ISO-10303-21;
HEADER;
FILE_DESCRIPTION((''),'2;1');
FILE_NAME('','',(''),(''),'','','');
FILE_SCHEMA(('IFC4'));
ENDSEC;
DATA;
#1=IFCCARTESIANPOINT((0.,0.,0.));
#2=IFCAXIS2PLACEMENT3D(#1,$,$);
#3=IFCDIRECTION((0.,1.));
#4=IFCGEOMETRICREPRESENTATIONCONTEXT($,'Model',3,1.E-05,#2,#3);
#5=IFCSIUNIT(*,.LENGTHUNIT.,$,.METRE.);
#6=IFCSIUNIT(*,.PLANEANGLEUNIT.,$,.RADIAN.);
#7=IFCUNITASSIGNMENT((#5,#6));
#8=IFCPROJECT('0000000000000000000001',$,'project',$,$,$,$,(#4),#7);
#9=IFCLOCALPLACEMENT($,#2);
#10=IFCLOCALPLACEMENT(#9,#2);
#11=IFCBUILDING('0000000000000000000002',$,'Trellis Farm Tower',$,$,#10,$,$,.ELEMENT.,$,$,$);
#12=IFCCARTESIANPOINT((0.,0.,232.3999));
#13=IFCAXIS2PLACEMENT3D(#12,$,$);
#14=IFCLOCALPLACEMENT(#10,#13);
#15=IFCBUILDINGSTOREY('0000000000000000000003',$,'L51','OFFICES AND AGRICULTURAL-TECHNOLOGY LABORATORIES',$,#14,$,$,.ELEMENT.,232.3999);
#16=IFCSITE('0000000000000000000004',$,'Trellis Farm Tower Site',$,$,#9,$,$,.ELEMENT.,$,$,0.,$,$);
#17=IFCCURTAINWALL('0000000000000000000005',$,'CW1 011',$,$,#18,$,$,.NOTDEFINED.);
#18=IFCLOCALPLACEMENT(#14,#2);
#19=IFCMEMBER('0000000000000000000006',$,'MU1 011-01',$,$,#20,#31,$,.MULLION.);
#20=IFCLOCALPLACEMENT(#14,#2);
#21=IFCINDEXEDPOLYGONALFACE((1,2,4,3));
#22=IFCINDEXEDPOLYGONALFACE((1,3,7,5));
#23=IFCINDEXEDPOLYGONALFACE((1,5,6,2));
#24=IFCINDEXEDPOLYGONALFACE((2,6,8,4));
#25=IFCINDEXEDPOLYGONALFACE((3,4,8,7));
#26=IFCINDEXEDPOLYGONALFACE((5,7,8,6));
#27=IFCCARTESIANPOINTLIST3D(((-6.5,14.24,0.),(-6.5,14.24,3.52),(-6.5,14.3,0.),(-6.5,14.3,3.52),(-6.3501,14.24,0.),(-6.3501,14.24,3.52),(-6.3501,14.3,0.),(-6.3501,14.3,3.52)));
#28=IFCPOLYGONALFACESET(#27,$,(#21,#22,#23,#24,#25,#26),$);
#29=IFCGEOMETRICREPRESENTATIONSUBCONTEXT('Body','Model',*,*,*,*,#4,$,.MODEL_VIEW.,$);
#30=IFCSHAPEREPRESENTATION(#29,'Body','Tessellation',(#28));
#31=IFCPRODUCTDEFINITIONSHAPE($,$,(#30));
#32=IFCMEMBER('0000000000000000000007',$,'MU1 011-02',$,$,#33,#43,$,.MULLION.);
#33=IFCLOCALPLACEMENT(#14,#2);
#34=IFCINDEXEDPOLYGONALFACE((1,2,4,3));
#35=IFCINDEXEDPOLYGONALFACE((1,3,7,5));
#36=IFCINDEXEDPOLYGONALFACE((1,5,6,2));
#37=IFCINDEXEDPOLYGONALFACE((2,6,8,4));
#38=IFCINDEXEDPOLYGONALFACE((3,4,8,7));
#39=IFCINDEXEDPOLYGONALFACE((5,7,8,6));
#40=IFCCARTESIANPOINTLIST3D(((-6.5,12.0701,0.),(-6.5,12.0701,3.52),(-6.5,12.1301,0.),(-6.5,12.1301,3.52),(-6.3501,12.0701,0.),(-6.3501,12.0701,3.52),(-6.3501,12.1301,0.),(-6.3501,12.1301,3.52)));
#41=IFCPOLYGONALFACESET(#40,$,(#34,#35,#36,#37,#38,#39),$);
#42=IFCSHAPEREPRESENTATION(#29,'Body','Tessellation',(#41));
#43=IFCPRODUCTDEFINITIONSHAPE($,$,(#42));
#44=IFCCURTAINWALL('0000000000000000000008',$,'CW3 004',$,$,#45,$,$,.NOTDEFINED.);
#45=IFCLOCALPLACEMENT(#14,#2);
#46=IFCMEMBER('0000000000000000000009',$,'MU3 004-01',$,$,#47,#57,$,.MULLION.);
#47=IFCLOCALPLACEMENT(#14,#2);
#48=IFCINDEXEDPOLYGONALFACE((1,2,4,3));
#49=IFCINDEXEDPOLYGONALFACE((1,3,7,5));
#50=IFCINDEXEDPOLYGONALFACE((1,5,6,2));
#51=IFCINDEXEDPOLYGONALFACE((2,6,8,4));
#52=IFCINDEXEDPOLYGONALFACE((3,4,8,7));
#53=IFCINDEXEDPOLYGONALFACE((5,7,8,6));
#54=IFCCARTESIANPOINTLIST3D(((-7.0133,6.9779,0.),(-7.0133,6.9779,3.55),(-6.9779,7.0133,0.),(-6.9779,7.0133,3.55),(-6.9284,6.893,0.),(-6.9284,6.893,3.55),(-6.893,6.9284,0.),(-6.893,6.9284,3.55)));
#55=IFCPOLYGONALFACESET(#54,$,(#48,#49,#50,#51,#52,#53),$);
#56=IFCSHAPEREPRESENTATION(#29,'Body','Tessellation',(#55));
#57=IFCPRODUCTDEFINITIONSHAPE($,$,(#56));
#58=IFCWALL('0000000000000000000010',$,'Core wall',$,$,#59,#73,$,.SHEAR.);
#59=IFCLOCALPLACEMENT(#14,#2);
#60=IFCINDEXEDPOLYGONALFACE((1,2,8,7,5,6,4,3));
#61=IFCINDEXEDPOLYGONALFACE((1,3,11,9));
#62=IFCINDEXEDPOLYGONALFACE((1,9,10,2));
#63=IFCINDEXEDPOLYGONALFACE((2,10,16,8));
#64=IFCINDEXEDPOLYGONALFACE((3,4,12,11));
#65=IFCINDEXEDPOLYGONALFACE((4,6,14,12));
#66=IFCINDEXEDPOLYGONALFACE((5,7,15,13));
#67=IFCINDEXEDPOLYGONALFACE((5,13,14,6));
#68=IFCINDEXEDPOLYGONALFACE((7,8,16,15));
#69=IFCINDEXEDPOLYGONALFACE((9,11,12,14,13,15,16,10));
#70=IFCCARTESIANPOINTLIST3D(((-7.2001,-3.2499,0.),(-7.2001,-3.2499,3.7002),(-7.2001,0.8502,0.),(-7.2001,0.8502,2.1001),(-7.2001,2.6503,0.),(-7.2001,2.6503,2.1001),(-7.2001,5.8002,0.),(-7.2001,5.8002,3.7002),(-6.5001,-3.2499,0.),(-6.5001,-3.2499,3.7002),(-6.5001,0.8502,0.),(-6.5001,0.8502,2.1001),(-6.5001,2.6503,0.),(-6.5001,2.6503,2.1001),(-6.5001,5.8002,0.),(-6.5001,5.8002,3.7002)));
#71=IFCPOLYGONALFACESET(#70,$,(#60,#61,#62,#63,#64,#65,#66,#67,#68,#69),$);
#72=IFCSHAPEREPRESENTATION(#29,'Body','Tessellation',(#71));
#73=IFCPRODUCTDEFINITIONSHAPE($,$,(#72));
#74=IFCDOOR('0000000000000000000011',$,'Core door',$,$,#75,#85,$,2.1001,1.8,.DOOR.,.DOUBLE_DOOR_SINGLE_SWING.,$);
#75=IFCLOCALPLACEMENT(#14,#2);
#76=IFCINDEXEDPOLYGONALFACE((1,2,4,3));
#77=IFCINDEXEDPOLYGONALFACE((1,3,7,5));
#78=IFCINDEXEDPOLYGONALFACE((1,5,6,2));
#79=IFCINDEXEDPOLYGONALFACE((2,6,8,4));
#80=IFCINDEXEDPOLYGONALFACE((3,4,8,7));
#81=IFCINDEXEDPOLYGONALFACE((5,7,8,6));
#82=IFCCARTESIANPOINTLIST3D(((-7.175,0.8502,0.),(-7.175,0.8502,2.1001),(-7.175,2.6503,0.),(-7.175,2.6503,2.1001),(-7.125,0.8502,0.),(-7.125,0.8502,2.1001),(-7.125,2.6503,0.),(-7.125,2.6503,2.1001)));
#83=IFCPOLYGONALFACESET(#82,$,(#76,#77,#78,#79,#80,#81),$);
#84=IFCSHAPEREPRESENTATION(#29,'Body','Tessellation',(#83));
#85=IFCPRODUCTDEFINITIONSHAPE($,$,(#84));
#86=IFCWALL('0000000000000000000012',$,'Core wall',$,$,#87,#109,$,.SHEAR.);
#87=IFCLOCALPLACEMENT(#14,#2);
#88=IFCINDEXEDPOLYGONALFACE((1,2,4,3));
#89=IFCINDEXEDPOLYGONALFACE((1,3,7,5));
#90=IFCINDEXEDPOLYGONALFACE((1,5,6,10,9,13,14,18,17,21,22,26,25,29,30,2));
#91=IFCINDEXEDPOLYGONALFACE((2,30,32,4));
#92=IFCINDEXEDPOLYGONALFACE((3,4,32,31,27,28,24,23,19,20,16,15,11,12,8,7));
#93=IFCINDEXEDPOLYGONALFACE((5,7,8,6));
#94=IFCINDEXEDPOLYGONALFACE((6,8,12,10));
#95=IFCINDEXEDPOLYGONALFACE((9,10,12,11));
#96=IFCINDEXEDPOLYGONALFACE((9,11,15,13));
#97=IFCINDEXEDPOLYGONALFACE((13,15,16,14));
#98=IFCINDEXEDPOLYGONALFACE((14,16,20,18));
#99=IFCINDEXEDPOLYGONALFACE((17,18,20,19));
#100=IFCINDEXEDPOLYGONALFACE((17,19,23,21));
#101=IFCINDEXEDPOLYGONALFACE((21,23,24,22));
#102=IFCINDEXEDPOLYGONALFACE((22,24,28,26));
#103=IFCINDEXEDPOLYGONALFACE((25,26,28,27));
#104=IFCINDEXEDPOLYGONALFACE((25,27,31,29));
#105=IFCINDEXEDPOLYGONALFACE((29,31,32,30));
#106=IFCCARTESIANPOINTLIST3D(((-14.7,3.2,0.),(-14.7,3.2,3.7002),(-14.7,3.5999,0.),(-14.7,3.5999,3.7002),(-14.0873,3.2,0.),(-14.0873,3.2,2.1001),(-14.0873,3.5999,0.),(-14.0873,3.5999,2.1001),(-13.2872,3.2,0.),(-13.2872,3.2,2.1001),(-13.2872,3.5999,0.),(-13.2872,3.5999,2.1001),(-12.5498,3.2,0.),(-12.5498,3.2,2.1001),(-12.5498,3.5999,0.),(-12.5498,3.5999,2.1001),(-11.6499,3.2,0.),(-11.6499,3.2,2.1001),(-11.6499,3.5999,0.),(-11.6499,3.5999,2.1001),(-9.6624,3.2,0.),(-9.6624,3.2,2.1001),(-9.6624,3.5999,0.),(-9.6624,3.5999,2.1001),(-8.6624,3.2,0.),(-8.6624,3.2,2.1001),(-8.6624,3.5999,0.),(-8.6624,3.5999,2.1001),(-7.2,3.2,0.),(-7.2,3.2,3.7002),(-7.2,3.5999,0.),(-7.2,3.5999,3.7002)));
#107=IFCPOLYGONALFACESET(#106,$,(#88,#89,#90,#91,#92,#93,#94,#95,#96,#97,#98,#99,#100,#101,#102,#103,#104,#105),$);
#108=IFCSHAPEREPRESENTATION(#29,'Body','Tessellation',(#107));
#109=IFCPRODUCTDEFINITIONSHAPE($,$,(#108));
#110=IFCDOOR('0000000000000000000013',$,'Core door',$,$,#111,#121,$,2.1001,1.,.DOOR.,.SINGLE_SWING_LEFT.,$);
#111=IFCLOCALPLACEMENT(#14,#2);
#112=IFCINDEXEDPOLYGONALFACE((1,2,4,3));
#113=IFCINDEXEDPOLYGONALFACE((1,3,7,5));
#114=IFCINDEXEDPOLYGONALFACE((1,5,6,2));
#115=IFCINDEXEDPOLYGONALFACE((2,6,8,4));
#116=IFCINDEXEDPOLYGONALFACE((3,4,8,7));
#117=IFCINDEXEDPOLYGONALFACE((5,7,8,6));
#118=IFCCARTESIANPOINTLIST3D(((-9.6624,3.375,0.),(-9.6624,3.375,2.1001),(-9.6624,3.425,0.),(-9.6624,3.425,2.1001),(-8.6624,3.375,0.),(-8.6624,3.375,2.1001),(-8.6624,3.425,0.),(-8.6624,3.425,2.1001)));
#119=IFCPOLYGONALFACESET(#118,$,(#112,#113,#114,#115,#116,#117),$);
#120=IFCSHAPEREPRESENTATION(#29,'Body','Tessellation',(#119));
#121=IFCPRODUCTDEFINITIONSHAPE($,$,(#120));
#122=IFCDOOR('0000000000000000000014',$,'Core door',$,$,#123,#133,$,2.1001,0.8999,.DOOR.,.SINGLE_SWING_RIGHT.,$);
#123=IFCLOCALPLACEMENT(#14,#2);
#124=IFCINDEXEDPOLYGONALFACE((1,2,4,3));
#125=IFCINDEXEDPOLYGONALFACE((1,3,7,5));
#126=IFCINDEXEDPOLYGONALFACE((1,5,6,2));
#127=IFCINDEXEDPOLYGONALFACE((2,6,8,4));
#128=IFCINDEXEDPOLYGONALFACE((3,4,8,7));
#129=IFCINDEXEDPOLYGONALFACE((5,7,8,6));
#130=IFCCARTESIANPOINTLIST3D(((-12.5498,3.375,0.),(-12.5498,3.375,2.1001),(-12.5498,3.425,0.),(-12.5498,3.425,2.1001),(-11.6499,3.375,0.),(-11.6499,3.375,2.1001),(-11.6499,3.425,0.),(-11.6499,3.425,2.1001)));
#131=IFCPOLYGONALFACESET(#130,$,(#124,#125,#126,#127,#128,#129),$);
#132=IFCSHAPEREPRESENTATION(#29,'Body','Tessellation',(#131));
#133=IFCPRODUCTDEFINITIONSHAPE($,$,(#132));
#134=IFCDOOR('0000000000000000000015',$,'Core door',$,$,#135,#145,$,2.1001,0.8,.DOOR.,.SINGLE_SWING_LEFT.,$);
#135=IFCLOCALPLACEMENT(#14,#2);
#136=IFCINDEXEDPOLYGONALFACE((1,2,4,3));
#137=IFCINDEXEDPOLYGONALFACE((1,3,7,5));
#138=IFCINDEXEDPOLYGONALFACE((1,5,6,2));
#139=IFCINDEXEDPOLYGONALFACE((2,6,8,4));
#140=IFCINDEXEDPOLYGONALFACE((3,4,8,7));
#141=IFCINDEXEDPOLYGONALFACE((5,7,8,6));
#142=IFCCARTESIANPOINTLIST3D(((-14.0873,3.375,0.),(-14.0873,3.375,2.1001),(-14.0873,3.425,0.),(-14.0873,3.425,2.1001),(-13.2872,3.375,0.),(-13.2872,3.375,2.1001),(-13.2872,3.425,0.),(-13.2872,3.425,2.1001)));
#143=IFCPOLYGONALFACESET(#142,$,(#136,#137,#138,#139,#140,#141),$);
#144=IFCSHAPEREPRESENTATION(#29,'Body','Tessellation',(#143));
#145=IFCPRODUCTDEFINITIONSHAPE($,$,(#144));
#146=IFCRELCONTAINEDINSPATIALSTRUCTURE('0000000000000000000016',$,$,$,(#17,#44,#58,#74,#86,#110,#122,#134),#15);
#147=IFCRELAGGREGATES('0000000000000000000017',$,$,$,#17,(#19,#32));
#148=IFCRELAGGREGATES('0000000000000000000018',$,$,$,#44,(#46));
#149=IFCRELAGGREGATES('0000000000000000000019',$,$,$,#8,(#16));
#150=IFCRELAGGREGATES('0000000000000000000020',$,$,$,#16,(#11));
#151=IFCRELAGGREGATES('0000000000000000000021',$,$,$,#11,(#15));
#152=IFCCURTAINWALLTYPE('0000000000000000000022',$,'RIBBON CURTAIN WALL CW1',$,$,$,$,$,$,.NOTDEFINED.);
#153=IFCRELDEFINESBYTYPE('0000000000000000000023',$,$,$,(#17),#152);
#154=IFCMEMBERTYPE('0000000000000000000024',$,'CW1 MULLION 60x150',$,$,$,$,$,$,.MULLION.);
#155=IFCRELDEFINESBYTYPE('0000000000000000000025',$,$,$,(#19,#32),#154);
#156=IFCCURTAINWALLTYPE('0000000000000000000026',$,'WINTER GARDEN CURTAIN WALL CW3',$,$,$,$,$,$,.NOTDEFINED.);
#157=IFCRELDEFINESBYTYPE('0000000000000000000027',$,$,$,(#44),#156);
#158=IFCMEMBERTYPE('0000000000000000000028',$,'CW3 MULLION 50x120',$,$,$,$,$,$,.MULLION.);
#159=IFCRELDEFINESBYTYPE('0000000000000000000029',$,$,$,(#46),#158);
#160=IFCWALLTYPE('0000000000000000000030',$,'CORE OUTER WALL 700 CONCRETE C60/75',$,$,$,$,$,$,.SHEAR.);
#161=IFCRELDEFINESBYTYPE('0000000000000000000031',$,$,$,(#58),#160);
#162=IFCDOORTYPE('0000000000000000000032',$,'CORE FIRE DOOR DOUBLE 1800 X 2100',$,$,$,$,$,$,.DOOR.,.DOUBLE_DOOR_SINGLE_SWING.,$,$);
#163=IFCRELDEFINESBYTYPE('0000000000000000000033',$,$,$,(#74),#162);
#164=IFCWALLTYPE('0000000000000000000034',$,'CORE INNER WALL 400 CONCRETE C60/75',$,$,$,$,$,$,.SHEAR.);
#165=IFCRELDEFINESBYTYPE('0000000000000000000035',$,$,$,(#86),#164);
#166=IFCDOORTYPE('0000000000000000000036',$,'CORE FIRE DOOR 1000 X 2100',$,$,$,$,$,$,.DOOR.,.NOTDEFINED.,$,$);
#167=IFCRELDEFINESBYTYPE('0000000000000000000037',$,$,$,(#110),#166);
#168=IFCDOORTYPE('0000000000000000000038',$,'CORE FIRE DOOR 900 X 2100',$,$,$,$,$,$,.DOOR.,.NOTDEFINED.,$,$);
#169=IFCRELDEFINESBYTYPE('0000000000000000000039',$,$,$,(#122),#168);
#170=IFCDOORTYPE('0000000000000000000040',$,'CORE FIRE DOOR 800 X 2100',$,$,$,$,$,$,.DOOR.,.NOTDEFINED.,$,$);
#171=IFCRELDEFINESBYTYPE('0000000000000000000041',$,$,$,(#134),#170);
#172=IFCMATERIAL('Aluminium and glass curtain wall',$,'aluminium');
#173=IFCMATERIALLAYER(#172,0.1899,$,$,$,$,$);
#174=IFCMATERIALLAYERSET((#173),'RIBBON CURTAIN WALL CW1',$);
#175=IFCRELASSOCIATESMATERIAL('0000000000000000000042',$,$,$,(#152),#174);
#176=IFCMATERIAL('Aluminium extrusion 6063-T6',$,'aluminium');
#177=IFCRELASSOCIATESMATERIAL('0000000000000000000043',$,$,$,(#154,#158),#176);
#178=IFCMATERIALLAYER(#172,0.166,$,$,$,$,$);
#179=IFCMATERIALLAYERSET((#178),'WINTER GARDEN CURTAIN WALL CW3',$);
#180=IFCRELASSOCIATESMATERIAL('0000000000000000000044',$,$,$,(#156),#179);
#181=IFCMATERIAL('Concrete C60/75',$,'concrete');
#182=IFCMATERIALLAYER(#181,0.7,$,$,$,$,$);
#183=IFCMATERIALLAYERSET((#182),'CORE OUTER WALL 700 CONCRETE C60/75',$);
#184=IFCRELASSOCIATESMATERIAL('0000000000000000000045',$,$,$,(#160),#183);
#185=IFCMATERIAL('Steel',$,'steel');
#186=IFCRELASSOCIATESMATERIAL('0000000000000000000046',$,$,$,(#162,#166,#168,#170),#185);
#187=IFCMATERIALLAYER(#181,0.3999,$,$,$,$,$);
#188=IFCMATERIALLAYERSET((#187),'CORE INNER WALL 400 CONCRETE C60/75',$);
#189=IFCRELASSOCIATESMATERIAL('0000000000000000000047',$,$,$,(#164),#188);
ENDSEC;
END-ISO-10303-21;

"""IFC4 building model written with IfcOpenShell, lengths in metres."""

from ifc_helpers import new_model, si_unit, direction, frame, frame_2d, origin, origin_2d, place, context, subcontext, project, spatial, rectangle, extrude, source, transform, mapped, material, layer, layer_set, material_profile, profile_set, type_object, element, fill, aggregate, save


model = new_model("IFC4")

# Units and contexts
model_context = context("Model", 3, precision=1e-05, world=origin(), true_north=direction((0.0, 1.0)))
body_context = subcontext(model_context, "Body", "Model", "MODEL_VIEW")
ifc_project = project(units=[si_unit("LENGTHUNIT", "METRE"), si_unit("PLANEANGLEUNIT", "RADIAN")], contexts=[model_context])

# Site, building, storey
site_placement = place(None, origin())
site = spatial("IfcSite", under=ifc_project, at=site_placement, Name="Trellis Farm Tower Site", CompositionType="ELEMENT", RefElevation=0.0)
building_placement = place(site_placement, origin())
building = spatial("IfcBuilding", under=site, at=building_placement, Name="Trellis Farm Tower", CompositionType="ELEMENT")
storey_placement = place(building_placement, frame((0.0, 0.0, 232.3999)))
storey = spatial("IfcBuildingStorey", under=building, at=storey_placement, Name="L51", Description="OFFICES AND AGRICULTURAL-TECHNOLOGY LABORATORIES", CompositionType="ELEMENT", Elevation=232.3999)

# Shared definitions
ifc_material_1 = material(Name="Concrete C60/75", Category="concrete")

# Shared definitions
ifc_material_2 = material(Name="Aluminium and glass curtain wall", Category="aluminium")
ifc_layer_1 = layer(ifc_material_2, 0.1899)
ifc_layer_set_1 = layer_set([ifc_layer_1], Name="RIBBON CURTAIN WALL CW1")
curtain_wall_type_1 = type_object("IfcCurtainWallType", Name="RIBBON CURTAIN WALL CW1", PredefinedType="NOTDEFINED", material=ifc_layer_set_1)
placement = place(storey_placement, origin())
ifc_material_3 = material(Name="Aluminium extrusion 6063-T6", Category="aluminium")
ifc_material_profile_1 = material_profile(ifc_material_3, rectangle(XDim=0.0601, YDim=0.1499, at=origin_2d()), Name="MULLION 60x150")
ifc_profile_set_1 = profile_set([ifc_material_profile_1], Name="Aluminium extrusion 6063-T6")
member_type_1 = type_object("IfcMemberType", Name="CW1 MULLION 60x150", PredefinedType="MULLION", material=ifc_profile_set_1)
shared_shape_1 = source(origin(), body_context, "Body", "SweptSolid", [
    extrude(rectangle(XDim=0.0601, YDim=0.1499, at=origin_2d()), origin(), (0.0, 0.0, 1.0), 3.52),
])

# Curtain wall, members
curtain_wall_1 = element("IfcCurtainWall", 1, at=placement, inside=storey, type_object=curtain_wall_type_1, Name="CW1 011", PredefinedType="NOTDEFINED")
member_1_placement = place(storey_placement, frame((-6.425, 14.27, 0.0), z_axis=(0.0, 0.0, 1.0), x_axis=(0.0, -1.0, 0.0)))
member_1 = element("IfcMember", 2, at=member_1_placement, type_object=member_type_1, Name="MU1 011-01", PredefinedType="MULLION", context=body_context, shape_type="MappedRepresentation", body=[
    mapped(shared_shape_1, transform((0.0, 0.0, 0.0))),
])
member_2_placement = place(storey_placement, frame((-6.425, 12.1001, 0.0), z_axis=(0.0, 0.0, 1.0), x_axis=(0.0, -1.0, 0.0)))
member_2 = element("IfcMember", 3, at=member_2_placement, type_object=member_type_1, Name="MU1 011-02", PredefinedType="MULLION", context=body_context, shape_type="MappedRepresentation", body=[
    mapped(shared_shape_1, transform((0.0, 0.0, 0.0))),
])
aggregate(curtain_wall_1, [member_1, member_2])

# Curtain wall, member
ifc_layer_2 = layer(ifc_material_2, 0.166)
ifc_layer_set_2 = layer_set([ifc_layer_2], Name="WINTER GARDEN CURTAIN WALL CW3")
curtain_wall_type_2 = type_object("IfcCurtainWallType", Name="WINTER GARDEN CURTAIN WALL CW3", PredefinedType="NOTDEFINED", material=ifc_layer_set_2)
curtain_wall_2 = element("IfcCurtainWall", 4, at=placement, inside=storey, type_object=curtain_wall_type_2, Name="CW3 004", PredefinedType="NOTDEFINED")
ifc_material_profile_2 = material_profile(ifc_material_3, rectangle(XDim=0.05, YDim=0.1201, at=origin_2d()), Name="MULLION 50x120")
ifc_profile_set_2 = profile_set([ifc_material_profile_2], Name="Aluminium extrusion 6063-T6")
member_type_2 = type_object("IfcMemberType", Name="CW3 MULLION 50x120", PredefinedType="MULLION", material=ifc_profile_set_2)
shared_shape_2 = source(origin(), body_context, "Body", "SweptSolid", [
    extrude(rectangle(XDim=0.05, YDim=0.1201, at=origin_2d()), origin(), (0.0, 0.0, 1.0), 3.55),
])
member_3_placement = place(storey_placement, frame((-6.9531, 6.9531, 0.0), z_axis=(0.0, 0.0, 1.0), x_axis=(-0.707107, -0.707107, 0.0)))
member_3 = element("IfcMember", 5, at=member_3_placement, type_object=member_type_2, Name="MU3 004-01", PredefinedType="MULLION", context=body_context, shape_type="MappedRepresentation", body=[
    mapped(shared_shape_2, transform((0.0, 0.0, 0.0))),
])
aggregate(curtain_wall_2, [member_3])

# Wall, opening, door
ifc_layer_3 = layer(ifc_material_1, 0.7)
ifc_layer_set_3 = layer_set([ifc_layer_3], Name="CORE OUTER WALL 700 CONCRETE C60/75")
wall_type_1 = type_object("IfcWallType", Name="CORE OUTER WALL 700 CONCRETE C60/75", PredefinedType="SHEAR", material=ifc_layer_set_3)
shared_shape_3 = source(origin(), body_context, "Body", "SweptSolid", [
    extrude(rectangle(XDim=9.05, YDim=0.7, at=frame_2d((4.5249, 0.0))), origin(), (0.0, 0.0, 1.0), 3.7002),
])
wall_1_placement = place(storey_placement, frame((-6.8501, 5.8, 0.0), z_axis=(0.0, 0.0, 1.0), x_axis=(0.0, -1.0, 0.0)))
wall_1 = element("IfcWall", 6, at=wall_1_placement, inside=storey, type_object=wall_type_1, Name="Core wall", PredefinedType="SHEAR", context=body_context, shape_type="MappedRepresentation", body=[
    mapped(shared_shape_3, transform((0.0, 0.0, 0.0))),
])
shared_shape_4 = source(origin(), body_context, "Body", "SweptSolid", [
    extrude(rectangle(XDim=1.8, YDim=2.1001, at=frame_2d((0.8999, 1.05))), frame((0.0, 0.3601, 0.0), z_axis=(0.0, -1.0, 0.0), x_axis=(1.0, 0.0, 0.0)), (0.0, 0.0, 1.0), 0.7202),
])
opening_1_placement = place(wall_1_placement, frame((3.1499, 0.0, 0.0)))
opening_1 = element("IfcOpeningElement", 7, at=opening_1_placement, cuts=wall_1, PredefinedType="OPENING", context=body_context, shape_type="MappedRepresentation", body=[
    mapped(shared_shape_4, transform((0.0, 0.0, 0.0))),
])
ifc_material_4 = material(Name="Steel", Category="steel")
door_type_1 = type_object("IfcDoorType", Name="CORE FIRE DOOR DOUBLE 1800 X 2100", OperationType="DOUBLE_DOOR_SINGLE_SWING", PredefinedType="DOOR", material=ifc_material_4)
shared_shape_5 = source(origin(), body_context, "Body", "SweptSolid", [
    extrude(rectangle(XDim=1.8, YDim=2.1001, at=frame_2d((0.8999, 1.05))), frame((0.0, -0.2749, 0.0), z_axis=(0.0, -1.0, 0.0), x_axis=(1.0, 0.0, 0.0)), (0.0, 0.0, 1.0), 0.05),
])
door_1_placement = place(opening_1_placement, origin())
door_1 = element("IfcDoor", 8, at=door_1_placement, inside=storey, type_object=door_type_1, Name="Core door", OperationType="DOUBLE_DOOR_SINGLE_SWING", OverallHeight=2.1001, OverallWidth=1.8, PredefinedType="DOOR", context=body_context, shape_type="MappedRepresentation", body=[
    mapped(shared_shape_5, transform((0.0, 0.0, 0.0))),
])
fill(opening_1, door_1)

# Wall, openings, doors
ifc_layer_4 = layer(ifc_material_1, 0.3999)
ifc_layer_set_4 = layer_set([ifc_layer_4], Name="CORE INNER WALL 400 CONCRETE C60/75")
wall_type_2 = type_object("IfcWallType", Name="CORE INNER WALL 400 CONCRETE C60/75", PredefinedType="SHEAR", material=ifc_layer_set_4)
shared_shape_6 = source(origin(), body_context, "Body", "SweptSolid", [
    extrude(rectangle(XDim=7.5, YDim=0.3999, at=frame_2d((3.75, 0.0))), origin(), (0.0, 0.0, 1.0), 3.7002),
])
wall_2_placement = place(storey_placement, frame((-7.2, 3.3999, 0.0), z_axis=(0.0, 0.0, 1.0), x_axis=(-1.0, 0.0, 0.0)))
wall_2 = element("IfcWall", 9, at=wall_2_placement, inside=storey, type_object=wall_type_2, Name="Core wall", PredefinedType="SHEAR", context=body_context, shape_type="MappedRepresentation", body=[
    mapped(shared_shape_6, transform((0.0, 0.0, 0.0))),
])
shared_shape_7 = source(origin(), body_context, "Body", "SweptSolid", [
    extrude(rectangle(XDim=1.0, YDim=2.1001, at=frame_2d((0.5, 1.05))), frame((0.0, 0.21, 0.0), z_axis=(0.0, -1.0, 0.0), x_axis=(1.0, 0.0, 0.0)), (0.0, 0.0, 1.0), 0.4199),
])
opening_2_placement = place(wall_2_placement, frame((1.4624, 0.0, 0.0)))
opening_2 = element("IfcOpeningElement", 10, at=opening_2_placement, cuts=wall_2, PredefinedType="OPENING", context=body_context, shape_type="MappedRepresentation", body=[
    mapped(shared_shape_7, transform((0.0, 0.0, 0.0))),
])
shared_shape_8 = source(origin(), body_context, "Body", "SweptSolid", [
    extrude(rectangle(XDim=0.8999, YDim=2.1001, at=frame_2d((0.45, 1.05))), frame((0.0, 0.21, 0.0), z_axis=(0.0, -1.0, 0.0), x_axis=(1.0, 0.0, 0.0)), (0.0, 0.0, 1.0), 0.4199),
])
opening_3_placement = place(wall_2_placement, frame((4.45, 0.0, 0.0)))
opening_3 = element("IfcOpeningElement", 11, at=opening_3_placement, cuts=wall_2, PredefinedType="OPENING", context=body_context, shape_type="MappedRepresentation", body=[
    mapped(shared_shape_8, transform((0.0, 0.0, 0.0))),
])
shared_shape_9 = source(origin(), body_context, "Body", "SweptSolid", [
    extrude(rectangle(XDim=0.8, YDim=2.1001, at=frame_2d((0.3999, 1.05))), frame((0.0, 0.21, 0.0), z_axis=(0.0, -1.0, 0.0), x_axis=(1.0, 0.0, 0.0)), (0.0, 0.0, 1.0), 0.4199),
])
opening_4_placement = place(wall_2_placement, frame((6.0874, 0.0, 0.0)))
opening_4 = element("IfcOpeningElement", 12, at=opening_4_placement, cuts=wall_2, PredefinedType="OPENING", context=body_context, shape_type="MappedRepresentation", body=[
    mapped(shared_shape_9, transform((0.0, 0.0, 0.0))),
])
door_type_2 = type_object("IfcDoorType", Name="CORE FIRE DOOR 1000 X 2100", OperationType="NOTDEFINED", PredefinedType="DOOR", material=ifc_material_4)
shared_shape_10 = source(origin(), body_context, "Body", "SweptSolid", [
    extrude(rectangle(XDim=1.0, YDim=2.1001, at=frame_2d((0.5, 1.05))), frame((0.0, 0.0249, 0.0), z_axis=(0.0, -1.0, 0.0), x_axis=(1.0, 0.0, 0.0)), (0.0, 0.0, 1.0), 0.05),
])
door_2_placement = place(opening_2_placement, origin())
door_2 = element("IfcDoor", 13, at=door_2_placement, inside=storey, type_object=door_type_2, Name="Core door", OperationType="SINGLE_SWING_LEFT", OverallHeight=2.1001, OverallWidth=1.0, PredefinedType="DOOR", context=body_context, shape_type="MappedRepresentation", body=[
    mapped(shared_shape_10, transform((0.0, 0.0, 0.0))),
])
fill(opening_2, door_2)
door_type_3 = type_object("IfcDoorType", Name="CORE FIRE DOOR 900 X 2100", OperationType="NOTDEFINED", PredefinedType="DOOR", material=ifc_material_4)
shared_shape_11 = source(origin(), body_context, "Body", "SweptSolid", [
    extrude(rectangle(XDim=0.8999, YDim=2.1001, at=frame_2d((0.45, 1.05))), frame((0.0, 0.0249, 0.0), z_axis=(0.0, -1.0, 0.0), x_axis=(1.0, 0.0, 0.0)), (0.0, 0.0, 1.0), 0.05),
])
door_3_placement = place(opening_3_placement, origin())
door_3 = element("IfcDoor", 14, at=door_3_placement, inside=storey, type_object=door_type_3, Name="Core door", OperationType="SINGLE_SWING_RIGHT", OverallHeight=2.1001, OverallWidth=0.8999, PredefinedType="DOOR", context=body_context, shape_type="MappedRepresentation", body=[
    mapped(shared_shape_11, transform((0.0, 0.0, 0.0))),
])
fill(opening_3, door_3)
door_type_4 = type_object("IfcDoorType", Name="CORE FIRE DOOR 800 X 2100", OperationType="NOTDEFINED", PredefinedType="DOOR", material=ifc_material_4)
shared_shape_12 = source(origin(), body_context, "Body", "SweptSolid", [
    extrude(rectangle(XDim=0.8, YDim=2.1001, at=frame_2d((0.3999, 1.05))), frame((0.0, 0.0249, 0.0), z_axis=(0.0, -1.0, 0.0), x_axis=(1.0, 0.0, 0.0)), (0.0, 0.0, 1.0), 0.05),
])
door_4_placement = place(opening_4_placement, origin())
door_4 = element("IfcDoor", 15, at=door_4_placement, inside=storey, type_object=door_type_4, Name="Core door", OperationType="SINGLE_SWING_LEFT", OverallHeight=2.1001, OverallWidth=0.8, PredefinedType="DOOR", context=body_context, shape_type="MappedRepresentation", body=[
    mapped(shared_shape_12, transform((0.0, 0.0, 0.0))),
])
fill(opening_4, door_4)

save(model, "model.ifc")
